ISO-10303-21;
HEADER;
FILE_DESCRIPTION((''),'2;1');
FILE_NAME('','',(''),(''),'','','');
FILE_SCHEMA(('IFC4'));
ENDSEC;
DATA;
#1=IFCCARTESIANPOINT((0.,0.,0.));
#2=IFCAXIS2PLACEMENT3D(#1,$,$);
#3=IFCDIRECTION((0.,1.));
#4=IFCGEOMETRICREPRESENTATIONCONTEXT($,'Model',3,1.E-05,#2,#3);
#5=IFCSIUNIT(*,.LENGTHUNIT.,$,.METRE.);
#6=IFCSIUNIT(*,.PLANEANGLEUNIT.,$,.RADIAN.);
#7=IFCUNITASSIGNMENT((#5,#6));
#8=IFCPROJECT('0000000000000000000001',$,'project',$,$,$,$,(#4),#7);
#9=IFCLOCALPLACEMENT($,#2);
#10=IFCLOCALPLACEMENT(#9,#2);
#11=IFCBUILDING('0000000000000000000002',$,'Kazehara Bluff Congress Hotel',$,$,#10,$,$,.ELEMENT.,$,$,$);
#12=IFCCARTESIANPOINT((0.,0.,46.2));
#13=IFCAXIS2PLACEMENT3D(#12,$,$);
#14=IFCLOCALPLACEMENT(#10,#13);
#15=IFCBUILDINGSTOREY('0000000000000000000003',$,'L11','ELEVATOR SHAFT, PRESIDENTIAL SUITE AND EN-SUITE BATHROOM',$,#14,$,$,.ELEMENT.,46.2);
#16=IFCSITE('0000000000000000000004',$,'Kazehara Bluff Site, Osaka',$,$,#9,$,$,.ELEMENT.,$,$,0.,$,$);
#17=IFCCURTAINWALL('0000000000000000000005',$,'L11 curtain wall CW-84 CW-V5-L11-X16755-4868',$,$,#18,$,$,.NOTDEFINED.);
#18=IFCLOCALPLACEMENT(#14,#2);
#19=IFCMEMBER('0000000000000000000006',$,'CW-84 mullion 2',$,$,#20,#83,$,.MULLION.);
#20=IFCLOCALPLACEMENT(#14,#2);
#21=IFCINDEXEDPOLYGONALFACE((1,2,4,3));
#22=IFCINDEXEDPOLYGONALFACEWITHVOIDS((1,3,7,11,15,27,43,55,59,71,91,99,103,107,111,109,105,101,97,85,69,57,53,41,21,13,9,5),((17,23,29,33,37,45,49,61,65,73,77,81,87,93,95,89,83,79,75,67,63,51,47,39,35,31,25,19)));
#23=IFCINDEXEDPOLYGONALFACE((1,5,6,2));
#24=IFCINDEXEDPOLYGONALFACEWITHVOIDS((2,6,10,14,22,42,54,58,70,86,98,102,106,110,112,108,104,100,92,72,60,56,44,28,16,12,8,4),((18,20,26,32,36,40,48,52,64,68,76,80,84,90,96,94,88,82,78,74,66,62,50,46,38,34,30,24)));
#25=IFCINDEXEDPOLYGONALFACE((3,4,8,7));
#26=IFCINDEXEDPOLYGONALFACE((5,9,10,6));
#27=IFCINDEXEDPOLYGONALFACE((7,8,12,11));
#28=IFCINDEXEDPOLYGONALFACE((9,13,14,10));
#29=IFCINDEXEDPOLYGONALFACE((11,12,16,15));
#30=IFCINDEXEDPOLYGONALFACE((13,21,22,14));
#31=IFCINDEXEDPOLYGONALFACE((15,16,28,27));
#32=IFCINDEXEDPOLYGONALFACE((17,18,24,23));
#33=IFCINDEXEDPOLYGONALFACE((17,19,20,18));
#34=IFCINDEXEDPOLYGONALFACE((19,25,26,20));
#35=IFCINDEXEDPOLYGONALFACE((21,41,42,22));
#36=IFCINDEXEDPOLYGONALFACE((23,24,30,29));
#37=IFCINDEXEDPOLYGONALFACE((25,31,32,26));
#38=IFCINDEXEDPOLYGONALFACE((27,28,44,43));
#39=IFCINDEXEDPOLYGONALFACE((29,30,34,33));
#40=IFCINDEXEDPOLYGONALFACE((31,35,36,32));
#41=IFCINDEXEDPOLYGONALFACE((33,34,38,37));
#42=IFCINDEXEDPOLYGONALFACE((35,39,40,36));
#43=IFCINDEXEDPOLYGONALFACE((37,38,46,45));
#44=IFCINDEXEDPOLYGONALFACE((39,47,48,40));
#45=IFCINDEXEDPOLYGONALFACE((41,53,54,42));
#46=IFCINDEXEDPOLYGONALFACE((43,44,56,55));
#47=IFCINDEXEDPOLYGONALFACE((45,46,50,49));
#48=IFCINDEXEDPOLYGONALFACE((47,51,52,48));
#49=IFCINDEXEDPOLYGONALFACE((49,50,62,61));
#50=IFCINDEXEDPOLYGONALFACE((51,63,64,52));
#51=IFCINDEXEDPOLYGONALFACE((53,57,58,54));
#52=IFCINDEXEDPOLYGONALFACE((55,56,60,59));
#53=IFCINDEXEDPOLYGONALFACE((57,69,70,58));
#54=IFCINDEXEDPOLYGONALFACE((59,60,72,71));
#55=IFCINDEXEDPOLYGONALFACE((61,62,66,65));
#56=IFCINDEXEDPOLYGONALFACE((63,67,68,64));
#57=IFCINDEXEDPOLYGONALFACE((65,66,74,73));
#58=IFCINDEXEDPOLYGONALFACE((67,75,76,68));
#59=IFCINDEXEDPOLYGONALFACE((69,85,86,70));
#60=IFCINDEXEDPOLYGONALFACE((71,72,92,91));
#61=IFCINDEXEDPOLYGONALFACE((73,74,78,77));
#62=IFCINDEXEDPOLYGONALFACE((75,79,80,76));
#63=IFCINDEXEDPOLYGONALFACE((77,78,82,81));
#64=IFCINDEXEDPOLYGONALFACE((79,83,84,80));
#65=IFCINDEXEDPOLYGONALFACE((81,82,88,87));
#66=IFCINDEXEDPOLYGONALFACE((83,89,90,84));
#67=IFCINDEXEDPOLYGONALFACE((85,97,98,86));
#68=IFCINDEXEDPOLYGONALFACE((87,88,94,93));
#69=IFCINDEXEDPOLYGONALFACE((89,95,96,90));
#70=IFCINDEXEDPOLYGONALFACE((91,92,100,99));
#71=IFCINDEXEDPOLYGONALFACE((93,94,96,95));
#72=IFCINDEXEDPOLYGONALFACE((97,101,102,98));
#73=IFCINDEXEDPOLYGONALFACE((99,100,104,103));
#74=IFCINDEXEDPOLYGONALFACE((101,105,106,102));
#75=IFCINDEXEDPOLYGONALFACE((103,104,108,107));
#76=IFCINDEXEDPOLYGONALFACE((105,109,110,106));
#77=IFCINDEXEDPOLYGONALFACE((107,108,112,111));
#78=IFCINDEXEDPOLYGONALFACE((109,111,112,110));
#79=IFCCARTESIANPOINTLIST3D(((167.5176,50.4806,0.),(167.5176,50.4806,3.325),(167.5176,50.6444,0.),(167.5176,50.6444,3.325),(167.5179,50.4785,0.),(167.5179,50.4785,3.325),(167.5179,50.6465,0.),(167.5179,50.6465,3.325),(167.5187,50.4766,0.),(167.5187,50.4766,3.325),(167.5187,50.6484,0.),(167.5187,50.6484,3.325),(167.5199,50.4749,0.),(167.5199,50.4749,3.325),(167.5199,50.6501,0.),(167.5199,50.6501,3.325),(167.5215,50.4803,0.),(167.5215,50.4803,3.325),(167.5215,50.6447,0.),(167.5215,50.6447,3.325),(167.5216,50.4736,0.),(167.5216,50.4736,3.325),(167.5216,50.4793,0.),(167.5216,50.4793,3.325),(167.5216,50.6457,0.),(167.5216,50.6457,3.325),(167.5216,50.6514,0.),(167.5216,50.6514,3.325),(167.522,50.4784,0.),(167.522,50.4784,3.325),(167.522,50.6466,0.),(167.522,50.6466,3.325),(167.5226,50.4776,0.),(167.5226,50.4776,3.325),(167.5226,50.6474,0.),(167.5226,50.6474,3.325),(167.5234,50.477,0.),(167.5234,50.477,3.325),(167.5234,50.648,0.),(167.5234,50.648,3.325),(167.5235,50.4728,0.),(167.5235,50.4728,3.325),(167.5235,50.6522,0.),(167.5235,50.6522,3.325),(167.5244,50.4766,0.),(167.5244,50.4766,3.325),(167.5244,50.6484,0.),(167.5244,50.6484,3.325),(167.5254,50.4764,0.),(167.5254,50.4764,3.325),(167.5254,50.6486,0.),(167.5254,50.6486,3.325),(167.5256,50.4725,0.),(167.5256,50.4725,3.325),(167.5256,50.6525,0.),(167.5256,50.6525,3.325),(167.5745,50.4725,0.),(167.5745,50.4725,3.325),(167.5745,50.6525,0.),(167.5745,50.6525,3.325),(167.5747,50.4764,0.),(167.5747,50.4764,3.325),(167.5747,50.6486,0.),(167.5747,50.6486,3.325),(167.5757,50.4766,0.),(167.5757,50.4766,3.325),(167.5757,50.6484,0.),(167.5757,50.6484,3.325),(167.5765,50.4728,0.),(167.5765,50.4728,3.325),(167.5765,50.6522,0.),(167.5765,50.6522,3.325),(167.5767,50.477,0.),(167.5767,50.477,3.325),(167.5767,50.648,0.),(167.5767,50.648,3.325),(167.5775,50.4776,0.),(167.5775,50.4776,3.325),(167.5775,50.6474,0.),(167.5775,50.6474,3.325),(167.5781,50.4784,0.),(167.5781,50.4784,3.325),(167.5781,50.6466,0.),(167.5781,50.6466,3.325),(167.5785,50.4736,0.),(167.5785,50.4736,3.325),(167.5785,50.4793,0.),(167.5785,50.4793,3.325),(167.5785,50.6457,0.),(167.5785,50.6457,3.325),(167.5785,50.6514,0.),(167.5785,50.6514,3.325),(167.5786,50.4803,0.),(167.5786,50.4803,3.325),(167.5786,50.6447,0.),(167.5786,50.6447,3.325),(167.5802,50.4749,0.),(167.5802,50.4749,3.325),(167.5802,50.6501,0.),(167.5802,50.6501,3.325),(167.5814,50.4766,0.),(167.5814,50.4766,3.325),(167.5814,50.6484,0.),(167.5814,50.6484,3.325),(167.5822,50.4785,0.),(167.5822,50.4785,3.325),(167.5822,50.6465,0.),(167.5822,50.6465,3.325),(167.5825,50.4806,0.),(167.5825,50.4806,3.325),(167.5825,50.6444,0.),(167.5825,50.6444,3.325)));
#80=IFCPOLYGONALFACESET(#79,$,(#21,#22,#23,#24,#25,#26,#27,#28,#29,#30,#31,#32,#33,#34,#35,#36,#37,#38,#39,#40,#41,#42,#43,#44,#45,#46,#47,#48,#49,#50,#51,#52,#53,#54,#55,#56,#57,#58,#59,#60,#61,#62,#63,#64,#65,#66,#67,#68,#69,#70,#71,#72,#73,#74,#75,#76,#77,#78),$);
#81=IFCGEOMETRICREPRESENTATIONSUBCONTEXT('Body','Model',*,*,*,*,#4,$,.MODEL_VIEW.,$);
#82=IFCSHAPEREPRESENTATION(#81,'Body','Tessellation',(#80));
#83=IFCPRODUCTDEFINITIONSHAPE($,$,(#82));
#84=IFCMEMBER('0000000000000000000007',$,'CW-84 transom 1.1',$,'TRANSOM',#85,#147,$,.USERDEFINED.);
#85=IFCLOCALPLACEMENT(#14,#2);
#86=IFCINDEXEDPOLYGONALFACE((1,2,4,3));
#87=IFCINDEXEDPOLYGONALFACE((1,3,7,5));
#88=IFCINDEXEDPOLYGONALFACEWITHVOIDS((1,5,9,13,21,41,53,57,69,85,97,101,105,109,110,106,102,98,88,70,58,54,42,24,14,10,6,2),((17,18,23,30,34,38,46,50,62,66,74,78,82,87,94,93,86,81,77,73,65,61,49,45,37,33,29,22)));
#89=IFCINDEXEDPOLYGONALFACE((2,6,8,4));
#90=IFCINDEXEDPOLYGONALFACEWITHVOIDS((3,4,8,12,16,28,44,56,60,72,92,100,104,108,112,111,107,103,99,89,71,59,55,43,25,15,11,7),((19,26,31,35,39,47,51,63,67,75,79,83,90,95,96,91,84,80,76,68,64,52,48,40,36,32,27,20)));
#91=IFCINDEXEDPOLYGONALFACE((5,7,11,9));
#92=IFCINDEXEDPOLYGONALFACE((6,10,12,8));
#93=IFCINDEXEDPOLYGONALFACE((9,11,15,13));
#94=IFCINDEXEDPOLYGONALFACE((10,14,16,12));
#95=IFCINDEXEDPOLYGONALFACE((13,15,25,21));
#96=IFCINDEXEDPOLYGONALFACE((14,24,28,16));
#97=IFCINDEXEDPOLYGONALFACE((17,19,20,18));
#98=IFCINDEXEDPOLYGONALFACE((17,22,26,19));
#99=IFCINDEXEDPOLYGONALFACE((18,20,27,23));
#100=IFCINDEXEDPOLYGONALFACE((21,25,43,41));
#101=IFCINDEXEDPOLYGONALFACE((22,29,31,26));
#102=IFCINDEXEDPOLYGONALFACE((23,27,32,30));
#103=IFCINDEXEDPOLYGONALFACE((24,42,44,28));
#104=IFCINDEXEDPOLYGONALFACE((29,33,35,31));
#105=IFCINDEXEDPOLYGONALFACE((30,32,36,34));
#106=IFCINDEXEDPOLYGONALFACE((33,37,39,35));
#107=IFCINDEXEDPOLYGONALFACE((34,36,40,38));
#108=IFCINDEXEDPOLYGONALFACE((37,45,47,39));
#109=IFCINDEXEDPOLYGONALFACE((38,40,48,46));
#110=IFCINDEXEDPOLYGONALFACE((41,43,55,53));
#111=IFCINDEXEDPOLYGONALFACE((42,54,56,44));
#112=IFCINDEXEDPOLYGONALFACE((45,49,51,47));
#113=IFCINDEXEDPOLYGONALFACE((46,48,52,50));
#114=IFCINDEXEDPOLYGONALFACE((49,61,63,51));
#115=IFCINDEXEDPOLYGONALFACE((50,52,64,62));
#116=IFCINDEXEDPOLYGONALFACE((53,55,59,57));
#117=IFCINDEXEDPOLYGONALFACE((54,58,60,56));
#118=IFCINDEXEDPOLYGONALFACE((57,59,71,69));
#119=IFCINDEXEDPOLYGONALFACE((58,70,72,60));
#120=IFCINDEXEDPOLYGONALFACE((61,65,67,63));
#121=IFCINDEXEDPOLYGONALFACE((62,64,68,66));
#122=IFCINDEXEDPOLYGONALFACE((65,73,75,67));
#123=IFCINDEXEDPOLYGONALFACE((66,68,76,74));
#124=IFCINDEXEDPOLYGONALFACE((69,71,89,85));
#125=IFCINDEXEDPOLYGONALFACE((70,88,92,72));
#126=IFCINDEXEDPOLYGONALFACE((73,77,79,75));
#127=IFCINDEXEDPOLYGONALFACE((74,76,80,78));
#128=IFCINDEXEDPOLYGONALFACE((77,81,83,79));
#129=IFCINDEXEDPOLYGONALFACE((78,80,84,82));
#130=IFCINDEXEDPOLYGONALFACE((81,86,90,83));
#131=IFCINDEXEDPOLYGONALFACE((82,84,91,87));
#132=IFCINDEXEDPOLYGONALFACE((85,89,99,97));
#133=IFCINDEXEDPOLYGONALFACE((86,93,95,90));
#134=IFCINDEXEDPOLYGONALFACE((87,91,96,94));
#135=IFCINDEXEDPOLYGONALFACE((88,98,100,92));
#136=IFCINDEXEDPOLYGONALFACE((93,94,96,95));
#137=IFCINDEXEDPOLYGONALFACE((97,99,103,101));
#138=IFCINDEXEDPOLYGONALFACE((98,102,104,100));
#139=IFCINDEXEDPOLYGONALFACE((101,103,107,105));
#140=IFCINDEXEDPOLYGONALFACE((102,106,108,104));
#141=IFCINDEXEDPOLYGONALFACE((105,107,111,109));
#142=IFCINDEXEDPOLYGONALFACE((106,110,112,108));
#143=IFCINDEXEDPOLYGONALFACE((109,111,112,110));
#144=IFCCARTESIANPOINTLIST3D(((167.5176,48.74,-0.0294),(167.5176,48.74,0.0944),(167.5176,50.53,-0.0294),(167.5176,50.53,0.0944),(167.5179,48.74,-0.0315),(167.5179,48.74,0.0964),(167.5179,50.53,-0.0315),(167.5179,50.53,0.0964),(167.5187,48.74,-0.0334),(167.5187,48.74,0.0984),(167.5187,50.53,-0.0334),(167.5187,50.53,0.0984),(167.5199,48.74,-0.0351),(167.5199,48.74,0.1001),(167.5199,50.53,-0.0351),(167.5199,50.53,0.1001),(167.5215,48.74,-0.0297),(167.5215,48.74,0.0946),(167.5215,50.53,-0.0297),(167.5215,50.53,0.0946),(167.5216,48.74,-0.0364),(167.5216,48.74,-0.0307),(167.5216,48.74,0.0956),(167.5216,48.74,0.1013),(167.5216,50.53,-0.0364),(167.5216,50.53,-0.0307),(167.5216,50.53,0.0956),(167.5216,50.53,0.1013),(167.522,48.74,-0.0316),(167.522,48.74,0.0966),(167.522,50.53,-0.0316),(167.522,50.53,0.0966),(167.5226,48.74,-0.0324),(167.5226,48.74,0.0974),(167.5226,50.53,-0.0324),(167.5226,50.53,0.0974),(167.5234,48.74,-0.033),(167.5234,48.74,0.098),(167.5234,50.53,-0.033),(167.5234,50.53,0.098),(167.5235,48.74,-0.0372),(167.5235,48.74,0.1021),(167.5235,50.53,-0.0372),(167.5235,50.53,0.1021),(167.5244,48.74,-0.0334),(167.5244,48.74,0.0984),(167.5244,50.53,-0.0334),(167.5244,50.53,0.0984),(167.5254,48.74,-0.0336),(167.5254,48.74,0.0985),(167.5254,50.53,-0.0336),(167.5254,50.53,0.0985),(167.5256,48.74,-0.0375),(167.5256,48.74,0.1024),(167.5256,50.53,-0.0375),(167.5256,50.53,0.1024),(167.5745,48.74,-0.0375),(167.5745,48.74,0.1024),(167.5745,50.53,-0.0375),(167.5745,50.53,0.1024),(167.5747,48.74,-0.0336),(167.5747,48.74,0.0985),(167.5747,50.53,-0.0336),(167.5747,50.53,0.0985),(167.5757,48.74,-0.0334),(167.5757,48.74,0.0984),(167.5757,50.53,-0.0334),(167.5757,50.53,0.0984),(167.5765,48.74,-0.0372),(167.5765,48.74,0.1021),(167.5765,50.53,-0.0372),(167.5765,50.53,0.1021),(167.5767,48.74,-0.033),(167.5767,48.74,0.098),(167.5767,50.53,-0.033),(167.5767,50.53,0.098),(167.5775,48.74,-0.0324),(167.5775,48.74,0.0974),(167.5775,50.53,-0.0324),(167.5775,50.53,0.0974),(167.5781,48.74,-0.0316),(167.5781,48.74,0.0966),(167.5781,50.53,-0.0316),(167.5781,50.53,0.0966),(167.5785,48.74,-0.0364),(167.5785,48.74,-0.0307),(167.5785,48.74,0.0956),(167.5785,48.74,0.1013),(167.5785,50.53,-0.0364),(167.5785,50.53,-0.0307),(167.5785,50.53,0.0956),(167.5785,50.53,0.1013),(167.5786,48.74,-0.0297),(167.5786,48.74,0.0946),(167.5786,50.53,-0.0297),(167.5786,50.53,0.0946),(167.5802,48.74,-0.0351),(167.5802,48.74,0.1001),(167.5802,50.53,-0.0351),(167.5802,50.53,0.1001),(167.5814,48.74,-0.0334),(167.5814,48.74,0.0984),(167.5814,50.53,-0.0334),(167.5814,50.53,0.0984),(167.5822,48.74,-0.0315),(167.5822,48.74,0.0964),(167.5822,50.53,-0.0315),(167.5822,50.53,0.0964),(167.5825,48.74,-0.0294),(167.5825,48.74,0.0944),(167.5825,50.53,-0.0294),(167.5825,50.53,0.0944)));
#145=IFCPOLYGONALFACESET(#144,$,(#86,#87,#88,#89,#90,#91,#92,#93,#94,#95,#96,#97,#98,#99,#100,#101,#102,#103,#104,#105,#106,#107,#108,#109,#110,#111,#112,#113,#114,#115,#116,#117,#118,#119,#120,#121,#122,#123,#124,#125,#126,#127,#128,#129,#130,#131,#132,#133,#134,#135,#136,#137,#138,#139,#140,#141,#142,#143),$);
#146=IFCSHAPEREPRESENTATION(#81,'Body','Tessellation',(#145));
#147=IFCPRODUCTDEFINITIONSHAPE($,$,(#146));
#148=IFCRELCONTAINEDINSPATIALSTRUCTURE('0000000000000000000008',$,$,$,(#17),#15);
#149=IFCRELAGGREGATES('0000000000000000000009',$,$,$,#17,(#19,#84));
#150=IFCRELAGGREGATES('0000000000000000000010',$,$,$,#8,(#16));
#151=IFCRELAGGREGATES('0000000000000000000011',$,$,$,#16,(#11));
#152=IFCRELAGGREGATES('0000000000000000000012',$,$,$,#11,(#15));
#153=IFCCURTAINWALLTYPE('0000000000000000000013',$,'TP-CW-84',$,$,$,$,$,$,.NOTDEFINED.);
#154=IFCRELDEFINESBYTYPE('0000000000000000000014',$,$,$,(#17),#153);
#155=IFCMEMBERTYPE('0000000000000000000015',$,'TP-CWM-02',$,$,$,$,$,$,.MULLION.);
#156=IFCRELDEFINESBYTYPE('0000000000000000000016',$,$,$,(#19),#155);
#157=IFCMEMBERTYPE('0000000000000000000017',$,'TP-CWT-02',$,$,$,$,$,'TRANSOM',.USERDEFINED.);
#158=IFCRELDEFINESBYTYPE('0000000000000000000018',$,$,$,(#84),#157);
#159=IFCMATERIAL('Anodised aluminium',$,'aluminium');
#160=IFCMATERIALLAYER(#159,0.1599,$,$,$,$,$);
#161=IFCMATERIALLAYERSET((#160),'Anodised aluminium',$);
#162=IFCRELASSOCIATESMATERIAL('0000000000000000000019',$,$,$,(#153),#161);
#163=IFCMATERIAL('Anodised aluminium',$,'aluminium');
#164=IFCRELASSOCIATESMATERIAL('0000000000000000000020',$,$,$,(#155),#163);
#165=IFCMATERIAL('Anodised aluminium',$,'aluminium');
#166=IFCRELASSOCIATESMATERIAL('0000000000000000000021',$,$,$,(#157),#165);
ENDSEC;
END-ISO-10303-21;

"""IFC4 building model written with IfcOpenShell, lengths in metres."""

from ifc_helpers import new_model, si_unit, direction, frame, origin, origin_2d, place, context, subcontext, project, spatial, hollow_rectangle, extrude, material, layer, layer_set, material_profile, profile_set, type_object, element, aggregate, save


model = new_model("IFC4")

# Units and contexts
model_context = context("Model", 3, precision=1e-05, world=origin(), true_north=direction((0.0, 1.0)))
body_context = subcontext(model_context, "Body", "Model", "MODEL_VIEW")
ifc_project = project(units=[si_unit("LENGTHUNIT", "METRE"), si_unit("PLANEANGLEUNIT", "RADIAN")], contexts=[model_context])

# Site, building, storey
site_placement = place(None, origin())
site = spatial("IfcSite", under=ifc_project, at=site_placement, Name="Kazehara Bluff Site, Osaka", CompositionType="ELEMENT", RefElevation=0.0)
building_placement = place(site_placement, origin())
building = spatial("IfcBuilding", under=site, at=building_placement, Name="Kazehara Bluff Congress Hotel", CompositionType="ELEMENT")
storey_placement = place(building_placement, frame((0.0, 0.0, 46.2)))
storey = spatial("IfcBuildingStorey", under=building, at=storey_placement, Name="L11", Description="ELEVATOR SHAFT, PRESIDENTIAL SUITE AND EN-SUITE BATHROOM", CompositionType="ELEMENT", Elevation=46.2)

# Curtain wall, members
ifc_material_1 = material(Name="Anodised aluminium", Category="aluminium")
ifc_layer_1 = layer(ifc_material_1, 0.1599)
ifc_layer_set_1 = layer_set([ifc_layer_1], Name="Anodised aluminium")
curtain_wall_type = type_object("IfcCurtainWallType", Name="TP-CW-84", PredefinedType="NOTDEFINED", material=ifc_layer_set_1)
curtain_wall_placement = place(storey_placement, origin())
curtain_wall = element("IfcCurtainWall", 1, at=curtain_wall_placement, inside=storey, type_object=curtain_wall_type, Name="L11 curtain wall CW-84 CW-V5-L11-X16755-4868", PredefinedType="NOTDEFINED")
ifc_material_2 = material(Name="Anodised aluminium", Category="aluminium")
ifc_material_profile_1 = material_profile(ifc_material_2, hollow_rectangle(XDim=0.0649, YDim=0.1799, WallThickness=0.0039, InnerFilletRadius=0.0039, OuterFilletRadius=0.0081, at=origin_2d()))
ifc_profile_set_1 = profile_set([ifc_material_profile_1], Name="Anodised aluminium")
member_type_1 = type_object("IfcMemberType", Name="TP-CWM-02", PredefinedType="MULLION", material=ifc_profile_set_1)
member_1_placement = place(storey_placement, frame((167.55, 50.5625, 0.0), z_axis=(0.0, 0.0, 1.0), x_axis=(-1.0, 0.0, 0.0)))
member_1 = element("IfcMember", 2, at=member_1_placement, type_object=member_type_1, Name="CW-84 mullion 2", PredefinedType="MULLION", context=body_context, shape_type="SweptSolid", body=[
    extrude(hollow_rectangle(XDim=0.0649, YDim=0.1799, WallThickness=0.0039, InnerFilletRadius=0.0039, OuterFilletRadius=0.0081, at=origin_2d()), origin(), (0.0, 0.0, 1.0), 3.325),
])
ifc_material_3 = material(Name="Anodised aluminium", Category="aluminium")
ifc_material_profile_2 = material_profile(ifc_material_3, hollow_rectangle(XDim=0.0649, YDim=0.1399, WallThickness=0.0039, InnerFilletRadius=0.0039, OuterFilletRadius=0.0081, at=origin_2d()))
ifc_profile_set_2 = profile_set([ifc_material_profile_2], Name="Anodised aluminium")
member_type_2 = type_object("IfcMemberType", Name="TP-CWT-02", ElementType="TRANSOM", PredefinedType="USERDEFINED", material=ifc_profile_set_2)
member_2_placement = place(storey_placement, frame((167.55, 48.74, 0.0325), z_axis=(0.0, 1.0, 0.0), x_axis=(-1.0, 0.0, 0.0)))
member_2 = element("IfcMember", 3, at=member_2_placement, type_object=member_type_2, Name="CW-84 transom 1.1", ObjectType="TRANSOM", PredefinedType="USERDEFINED", context=body_context, shape_type="SweptSolid", body=[
    extrude(hollow_rectangle(XDim=0.0649, YDim=0.1399, WallThickness=0.0039, InnerFilletRadius=0.0039, OuterFilletRadius=0.0081, at=origin_2d()), origin(), (0.0, 0.0, 1.0), 1.79),
])

aggregate(curtain_wall, [member_1, member_2])

save(model, "model.ifc")
